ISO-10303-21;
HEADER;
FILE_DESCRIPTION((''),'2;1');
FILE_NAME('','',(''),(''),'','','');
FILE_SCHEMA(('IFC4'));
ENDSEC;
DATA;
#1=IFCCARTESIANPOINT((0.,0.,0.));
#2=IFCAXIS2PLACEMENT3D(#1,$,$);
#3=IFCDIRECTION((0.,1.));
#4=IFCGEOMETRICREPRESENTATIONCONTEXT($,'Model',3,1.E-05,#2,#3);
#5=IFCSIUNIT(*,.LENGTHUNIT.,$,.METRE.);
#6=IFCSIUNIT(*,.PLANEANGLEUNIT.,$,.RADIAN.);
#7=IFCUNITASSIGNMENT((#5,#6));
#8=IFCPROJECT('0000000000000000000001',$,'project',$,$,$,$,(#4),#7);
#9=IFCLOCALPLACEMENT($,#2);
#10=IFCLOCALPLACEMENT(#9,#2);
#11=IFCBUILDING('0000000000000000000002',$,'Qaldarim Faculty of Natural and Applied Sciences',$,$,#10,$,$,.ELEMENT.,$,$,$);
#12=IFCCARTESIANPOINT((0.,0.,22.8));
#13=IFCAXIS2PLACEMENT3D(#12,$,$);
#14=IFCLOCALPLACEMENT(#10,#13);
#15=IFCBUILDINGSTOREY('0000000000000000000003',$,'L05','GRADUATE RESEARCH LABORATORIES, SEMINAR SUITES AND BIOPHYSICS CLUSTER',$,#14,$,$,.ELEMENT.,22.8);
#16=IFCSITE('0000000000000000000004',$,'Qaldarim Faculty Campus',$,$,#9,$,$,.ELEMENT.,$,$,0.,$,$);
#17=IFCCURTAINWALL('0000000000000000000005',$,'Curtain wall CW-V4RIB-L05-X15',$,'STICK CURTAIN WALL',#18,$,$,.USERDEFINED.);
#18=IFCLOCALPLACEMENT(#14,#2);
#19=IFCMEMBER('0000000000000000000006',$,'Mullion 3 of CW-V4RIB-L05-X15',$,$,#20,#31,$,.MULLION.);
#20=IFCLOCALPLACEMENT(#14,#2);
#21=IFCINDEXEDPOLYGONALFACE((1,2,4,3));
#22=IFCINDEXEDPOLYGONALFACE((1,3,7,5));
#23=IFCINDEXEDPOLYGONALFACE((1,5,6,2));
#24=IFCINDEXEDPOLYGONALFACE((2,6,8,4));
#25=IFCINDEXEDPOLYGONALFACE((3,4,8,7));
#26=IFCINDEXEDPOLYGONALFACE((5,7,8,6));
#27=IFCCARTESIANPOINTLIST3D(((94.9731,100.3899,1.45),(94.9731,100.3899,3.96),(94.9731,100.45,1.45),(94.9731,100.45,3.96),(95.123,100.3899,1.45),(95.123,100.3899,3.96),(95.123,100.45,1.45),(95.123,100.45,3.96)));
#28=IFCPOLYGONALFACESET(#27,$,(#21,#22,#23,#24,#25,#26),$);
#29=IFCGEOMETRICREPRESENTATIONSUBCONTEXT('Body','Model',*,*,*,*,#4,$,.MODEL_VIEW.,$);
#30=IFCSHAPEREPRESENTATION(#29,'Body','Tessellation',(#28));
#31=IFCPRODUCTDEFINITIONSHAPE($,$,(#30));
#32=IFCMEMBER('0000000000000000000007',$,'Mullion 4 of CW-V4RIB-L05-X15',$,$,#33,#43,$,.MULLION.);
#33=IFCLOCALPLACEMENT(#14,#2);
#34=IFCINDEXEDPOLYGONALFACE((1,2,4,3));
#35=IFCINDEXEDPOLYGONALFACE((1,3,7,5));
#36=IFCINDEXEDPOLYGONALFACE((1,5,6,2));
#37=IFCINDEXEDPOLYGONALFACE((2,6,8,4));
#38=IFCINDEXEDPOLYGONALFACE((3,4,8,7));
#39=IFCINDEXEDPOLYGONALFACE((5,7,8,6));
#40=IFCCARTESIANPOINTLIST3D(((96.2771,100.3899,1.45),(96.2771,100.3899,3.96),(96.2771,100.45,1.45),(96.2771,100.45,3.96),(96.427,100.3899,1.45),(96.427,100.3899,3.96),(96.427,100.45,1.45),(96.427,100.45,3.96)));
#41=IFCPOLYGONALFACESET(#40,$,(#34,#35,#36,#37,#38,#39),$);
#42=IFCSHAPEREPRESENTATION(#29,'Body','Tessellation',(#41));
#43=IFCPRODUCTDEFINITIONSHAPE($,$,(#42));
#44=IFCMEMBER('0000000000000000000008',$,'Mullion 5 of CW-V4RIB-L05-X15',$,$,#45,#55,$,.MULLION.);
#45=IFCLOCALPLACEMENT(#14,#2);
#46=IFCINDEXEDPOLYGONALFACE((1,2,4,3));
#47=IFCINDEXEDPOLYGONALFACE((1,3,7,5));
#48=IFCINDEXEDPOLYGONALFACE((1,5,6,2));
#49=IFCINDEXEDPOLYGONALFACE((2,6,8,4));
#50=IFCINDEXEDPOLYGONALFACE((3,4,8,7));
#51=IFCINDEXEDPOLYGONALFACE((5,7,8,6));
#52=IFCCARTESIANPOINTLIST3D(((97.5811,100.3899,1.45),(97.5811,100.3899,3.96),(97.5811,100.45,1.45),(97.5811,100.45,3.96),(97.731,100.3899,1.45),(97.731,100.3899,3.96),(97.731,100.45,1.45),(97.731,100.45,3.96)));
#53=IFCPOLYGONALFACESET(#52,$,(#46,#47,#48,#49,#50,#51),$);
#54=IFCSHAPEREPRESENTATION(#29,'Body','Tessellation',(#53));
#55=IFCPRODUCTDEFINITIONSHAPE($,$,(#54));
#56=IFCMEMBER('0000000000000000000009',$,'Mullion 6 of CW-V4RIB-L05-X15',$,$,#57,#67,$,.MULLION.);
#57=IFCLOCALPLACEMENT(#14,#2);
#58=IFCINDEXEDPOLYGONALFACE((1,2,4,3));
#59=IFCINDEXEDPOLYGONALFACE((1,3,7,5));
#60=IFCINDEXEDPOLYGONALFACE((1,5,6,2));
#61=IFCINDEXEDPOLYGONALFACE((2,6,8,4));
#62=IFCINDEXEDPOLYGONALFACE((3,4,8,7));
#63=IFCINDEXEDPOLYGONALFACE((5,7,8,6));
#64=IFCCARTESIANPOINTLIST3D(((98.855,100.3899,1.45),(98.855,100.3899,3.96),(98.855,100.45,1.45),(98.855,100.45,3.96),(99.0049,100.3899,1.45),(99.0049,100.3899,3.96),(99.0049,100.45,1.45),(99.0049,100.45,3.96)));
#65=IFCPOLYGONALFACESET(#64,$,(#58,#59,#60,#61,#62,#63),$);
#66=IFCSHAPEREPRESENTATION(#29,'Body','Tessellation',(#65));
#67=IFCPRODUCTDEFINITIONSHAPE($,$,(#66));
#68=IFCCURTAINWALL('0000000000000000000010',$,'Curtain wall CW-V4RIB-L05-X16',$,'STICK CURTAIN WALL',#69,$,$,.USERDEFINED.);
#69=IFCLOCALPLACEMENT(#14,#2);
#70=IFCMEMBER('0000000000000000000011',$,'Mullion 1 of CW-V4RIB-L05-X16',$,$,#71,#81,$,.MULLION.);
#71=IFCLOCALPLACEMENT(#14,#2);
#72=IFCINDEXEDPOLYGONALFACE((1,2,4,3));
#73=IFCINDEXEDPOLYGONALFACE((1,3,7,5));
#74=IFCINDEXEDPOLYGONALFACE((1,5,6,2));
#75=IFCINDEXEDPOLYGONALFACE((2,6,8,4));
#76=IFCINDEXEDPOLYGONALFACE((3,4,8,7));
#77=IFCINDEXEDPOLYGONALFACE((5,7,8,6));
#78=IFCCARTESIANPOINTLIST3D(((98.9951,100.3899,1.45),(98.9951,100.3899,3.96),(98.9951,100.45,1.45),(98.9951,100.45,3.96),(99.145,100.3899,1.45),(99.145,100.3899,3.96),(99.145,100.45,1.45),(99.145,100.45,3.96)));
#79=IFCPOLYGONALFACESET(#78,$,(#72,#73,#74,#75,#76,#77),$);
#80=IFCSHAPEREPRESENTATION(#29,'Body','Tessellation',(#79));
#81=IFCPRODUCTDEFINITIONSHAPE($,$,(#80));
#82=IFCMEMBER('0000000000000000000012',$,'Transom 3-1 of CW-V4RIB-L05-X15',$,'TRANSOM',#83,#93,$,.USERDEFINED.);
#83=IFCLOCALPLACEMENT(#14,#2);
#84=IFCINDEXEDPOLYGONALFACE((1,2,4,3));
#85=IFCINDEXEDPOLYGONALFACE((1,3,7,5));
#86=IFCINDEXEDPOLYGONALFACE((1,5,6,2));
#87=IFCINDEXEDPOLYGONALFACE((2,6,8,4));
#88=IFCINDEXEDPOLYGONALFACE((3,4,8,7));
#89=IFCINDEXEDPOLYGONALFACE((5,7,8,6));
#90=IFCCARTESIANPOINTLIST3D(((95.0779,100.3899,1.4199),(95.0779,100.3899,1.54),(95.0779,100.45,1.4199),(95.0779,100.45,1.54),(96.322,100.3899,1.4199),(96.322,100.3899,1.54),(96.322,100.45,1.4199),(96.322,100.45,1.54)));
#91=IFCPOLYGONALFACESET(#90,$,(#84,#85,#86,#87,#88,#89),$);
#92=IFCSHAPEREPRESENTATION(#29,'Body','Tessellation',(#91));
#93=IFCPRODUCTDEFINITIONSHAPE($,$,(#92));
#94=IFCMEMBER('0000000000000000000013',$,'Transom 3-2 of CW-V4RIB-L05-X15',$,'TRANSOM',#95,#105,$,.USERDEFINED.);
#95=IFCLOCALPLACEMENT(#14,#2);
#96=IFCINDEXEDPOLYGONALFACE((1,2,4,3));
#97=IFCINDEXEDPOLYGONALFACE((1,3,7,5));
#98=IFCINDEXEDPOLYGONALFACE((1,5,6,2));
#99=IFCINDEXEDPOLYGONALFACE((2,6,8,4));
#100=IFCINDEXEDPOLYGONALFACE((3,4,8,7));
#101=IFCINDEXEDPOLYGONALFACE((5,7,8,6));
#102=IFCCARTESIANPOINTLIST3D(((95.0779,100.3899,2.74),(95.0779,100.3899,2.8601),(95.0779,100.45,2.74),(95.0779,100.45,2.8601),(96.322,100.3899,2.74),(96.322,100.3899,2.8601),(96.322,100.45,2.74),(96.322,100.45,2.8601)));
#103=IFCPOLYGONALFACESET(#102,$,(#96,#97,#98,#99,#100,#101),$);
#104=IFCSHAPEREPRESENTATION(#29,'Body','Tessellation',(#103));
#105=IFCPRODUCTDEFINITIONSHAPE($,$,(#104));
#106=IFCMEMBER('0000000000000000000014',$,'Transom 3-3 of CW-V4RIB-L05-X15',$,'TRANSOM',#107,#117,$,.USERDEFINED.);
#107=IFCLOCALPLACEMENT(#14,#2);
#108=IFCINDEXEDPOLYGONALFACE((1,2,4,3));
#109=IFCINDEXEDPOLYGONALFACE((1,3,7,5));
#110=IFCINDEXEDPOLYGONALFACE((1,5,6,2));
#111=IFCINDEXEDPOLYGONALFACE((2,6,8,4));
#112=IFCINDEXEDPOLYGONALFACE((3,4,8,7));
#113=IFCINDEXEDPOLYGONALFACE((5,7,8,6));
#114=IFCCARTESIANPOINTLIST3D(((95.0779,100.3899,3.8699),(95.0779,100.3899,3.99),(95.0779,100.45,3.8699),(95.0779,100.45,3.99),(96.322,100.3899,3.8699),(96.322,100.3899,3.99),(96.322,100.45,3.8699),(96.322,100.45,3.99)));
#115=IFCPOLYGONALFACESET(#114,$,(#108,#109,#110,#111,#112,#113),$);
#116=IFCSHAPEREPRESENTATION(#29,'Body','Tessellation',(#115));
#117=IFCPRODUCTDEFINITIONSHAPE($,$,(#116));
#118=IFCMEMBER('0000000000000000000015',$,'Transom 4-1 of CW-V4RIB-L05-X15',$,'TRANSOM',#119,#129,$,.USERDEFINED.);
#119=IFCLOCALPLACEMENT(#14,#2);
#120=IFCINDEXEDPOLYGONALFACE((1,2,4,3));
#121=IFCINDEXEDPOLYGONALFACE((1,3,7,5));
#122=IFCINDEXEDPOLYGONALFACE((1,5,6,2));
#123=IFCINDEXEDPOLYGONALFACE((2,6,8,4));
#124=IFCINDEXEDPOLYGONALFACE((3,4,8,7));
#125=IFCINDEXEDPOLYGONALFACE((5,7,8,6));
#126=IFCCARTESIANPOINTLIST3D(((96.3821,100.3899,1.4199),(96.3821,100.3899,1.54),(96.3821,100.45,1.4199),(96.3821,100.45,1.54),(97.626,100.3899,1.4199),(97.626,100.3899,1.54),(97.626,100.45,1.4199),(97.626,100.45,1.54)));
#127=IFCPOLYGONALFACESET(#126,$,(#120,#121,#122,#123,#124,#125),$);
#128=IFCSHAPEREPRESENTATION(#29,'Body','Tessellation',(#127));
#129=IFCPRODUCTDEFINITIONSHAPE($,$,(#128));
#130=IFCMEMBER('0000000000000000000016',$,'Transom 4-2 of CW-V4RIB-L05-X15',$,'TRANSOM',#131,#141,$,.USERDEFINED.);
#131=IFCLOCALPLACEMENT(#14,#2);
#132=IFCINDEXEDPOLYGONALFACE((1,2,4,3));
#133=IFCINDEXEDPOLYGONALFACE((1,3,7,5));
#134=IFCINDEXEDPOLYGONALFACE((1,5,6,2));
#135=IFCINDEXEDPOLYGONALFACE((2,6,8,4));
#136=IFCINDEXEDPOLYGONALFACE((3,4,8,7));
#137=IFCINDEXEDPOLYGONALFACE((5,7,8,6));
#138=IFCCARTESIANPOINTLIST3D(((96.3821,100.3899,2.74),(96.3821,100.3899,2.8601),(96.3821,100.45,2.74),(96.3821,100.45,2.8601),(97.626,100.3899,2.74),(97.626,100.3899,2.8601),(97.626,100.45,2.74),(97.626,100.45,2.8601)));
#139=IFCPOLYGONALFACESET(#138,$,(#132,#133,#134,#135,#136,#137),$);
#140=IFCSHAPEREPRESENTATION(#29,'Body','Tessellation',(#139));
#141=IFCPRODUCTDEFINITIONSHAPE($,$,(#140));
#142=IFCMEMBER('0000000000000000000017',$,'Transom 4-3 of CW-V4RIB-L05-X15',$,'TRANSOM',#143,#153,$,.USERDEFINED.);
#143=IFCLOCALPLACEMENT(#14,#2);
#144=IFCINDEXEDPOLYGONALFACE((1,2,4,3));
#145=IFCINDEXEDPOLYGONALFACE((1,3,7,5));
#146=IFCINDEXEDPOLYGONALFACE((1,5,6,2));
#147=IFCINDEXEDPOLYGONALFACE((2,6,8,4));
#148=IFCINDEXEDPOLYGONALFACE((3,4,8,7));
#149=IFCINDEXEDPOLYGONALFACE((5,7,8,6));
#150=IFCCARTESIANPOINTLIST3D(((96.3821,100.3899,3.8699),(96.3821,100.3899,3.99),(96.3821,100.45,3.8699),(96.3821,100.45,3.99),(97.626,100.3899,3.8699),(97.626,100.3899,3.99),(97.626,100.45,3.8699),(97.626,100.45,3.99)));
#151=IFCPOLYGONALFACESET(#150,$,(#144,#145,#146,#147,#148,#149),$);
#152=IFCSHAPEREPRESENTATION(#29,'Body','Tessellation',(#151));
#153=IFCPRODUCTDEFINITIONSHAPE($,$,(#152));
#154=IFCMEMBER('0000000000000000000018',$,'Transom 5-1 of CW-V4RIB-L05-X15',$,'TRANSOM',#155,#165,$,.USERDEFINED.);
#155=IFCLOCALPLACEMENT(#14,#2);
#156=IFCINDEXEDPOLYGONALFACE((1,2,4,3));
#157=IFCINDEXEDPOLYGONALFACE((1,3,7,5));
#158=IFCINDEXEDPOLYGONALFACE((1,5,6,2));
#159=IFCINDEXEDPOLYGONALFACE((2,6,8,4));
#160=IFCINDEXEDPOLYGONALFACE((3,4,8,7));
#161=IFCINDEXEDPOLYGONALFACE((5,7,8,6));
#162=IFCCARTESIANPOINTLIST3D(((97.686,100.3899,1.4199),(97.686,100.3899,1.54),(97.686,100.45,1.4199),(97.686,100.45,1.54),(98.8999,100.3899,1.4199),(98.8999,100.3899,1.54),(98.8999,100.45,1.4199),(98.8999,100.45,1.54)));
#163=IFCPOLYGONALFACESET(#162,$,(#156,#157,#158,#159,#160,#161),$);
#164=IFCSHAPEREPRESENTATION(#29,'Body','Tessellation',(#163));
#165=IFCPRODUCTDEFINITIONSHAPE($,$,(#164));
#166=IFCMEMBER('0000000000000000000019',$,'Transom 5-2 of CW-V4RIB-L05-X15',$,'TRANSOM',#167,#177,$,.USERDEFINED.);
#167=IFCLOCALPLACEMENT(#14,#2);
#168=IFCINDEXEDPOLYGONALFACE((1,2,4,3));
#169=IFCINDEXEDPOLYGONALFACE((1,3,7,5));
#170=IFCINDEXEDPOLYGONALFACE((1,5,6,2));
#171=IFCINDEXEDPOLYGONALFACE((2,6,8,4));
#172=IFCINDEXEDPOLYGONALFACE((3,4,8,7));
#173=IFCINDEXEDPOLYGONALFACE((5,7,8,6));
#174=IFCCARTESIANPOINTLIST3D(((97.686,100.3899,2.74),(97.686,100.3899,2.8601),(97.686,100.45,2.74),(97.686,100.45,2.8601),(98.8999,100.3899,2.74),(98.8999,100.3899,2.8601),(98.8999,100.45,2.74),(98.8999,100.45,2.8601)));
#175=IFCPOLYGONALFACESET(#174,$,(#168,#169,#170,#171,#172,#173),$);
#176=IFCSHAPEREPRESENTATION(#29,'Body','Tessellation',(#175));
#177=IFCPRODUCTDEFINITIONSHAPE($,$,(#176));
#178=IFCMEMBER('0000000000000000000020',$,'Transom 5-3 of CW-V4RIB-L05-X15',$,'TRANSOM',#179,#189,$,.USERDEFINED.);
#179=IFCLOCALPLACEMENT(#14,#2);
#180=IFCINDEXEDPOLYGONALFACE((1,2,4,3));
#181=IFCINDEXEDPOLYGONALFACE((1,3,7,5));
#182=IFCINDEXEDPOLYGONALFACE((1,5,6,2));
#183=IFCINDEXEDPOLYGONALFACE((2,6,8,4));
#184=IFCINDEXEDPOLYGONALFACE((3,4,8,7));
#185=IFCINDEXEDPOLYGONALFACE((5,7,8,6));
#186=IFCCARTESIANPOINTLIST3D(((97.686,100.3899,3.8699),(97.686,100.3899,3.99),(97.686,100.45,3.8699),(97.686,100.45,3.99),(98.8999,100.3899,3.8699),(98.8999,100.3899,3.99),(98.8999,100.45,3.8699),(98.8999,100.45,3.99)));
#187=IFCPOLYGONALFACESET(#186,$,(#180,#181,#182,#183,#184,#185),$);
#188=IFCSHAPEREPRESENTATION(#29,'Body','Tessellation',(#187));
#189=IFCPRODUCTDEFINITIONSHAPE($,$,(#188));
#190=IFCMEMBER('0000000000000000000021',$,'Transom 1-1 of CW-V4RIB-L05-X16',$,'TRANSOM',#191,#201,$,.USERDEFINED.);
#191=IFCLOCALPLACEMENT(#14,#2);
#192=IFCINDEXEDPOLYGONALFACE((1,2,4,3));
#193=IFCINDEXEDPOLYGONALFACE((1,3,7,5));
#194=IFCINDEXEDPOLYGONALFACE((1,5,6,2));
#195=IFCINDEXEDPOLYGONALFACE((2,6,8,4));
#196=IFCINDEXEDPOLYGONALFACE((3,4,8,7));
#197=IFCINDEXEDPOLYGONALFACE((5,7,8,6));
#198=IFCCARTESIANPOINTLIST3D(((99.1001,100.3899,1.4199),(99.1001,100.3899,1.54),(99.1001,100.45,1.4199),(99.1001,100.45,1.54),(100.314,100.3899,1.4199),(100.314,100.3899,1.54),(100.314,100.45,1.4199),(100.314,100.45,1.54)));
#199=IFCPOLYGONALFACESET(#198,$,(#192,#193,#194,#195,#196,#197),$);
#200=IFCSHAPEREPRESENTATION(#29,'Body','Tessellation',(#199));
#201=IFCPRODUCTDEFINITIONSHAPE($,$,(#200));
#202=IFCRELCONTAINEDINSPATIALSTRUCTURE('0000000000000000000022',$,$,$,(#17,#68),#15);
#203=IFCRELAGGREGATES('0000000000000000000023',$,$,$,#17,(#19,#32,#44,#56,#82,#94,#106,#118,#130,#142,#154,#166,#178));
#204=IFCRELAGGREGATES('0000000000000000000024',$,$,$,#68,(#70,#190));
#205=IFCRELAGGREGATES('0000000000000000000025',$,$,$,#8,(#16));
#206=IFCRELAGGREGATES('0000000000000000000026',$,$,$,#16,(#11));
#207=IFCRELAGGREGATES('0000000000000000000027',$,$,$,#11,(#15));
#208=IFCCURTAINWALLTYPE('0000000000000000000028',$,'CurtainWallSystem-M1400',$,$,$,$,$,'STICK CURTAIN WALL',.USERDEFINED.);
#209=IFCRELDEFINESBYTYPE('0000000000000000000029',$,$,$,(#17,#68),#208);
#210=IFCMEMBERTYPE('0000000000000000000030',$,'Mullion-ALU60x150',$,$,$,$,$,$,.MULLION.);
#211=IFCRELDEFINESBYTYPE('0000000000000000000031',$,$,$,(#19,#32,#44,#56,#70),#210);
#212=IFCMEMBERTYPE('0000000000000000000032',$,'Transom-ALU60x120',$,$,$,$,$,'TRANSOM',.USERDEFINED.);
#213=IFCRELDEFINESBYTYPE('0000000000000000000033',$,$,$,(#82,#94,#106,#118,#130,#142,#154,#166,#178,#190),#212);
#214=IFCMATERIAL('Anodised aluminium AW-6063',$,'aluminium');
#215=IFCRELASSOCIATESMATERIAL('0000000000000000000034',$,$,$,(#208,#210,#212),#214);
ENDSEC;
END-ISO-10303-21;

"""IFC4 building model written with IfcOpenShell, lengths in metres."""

from ifc_helpers import new_model, si_unit, direction, frame, origin, origin_2d, place, context, subcontext, project, spatial, rectangle, extrude, material, material_profile, profile_set, type_object, element, aggregate, save


model = new_model("IFC4")

# Units and contexts
model_context = context("Model", 3, precision=1e-05, world=origin(), true_north=direction((0.0, 1.0)))
body_context = subcontext(model_context, "Body", "Model", "MODEL_VIEW")
ifc_project = project(units=[si_unit("LENGTHUNIT", "METRE"), si_unit("PLANEANGLEUNIT", "RADIAN")], contexts=[model_context])

# Site, building, storey
site_placement = place(None, origin())
site = spatial("IfcSite", under=ifc_project, at=site_placement, Name="Qaldarim Faculty Campus", CompositionType="ELEMENT", RefElevation=0.0)
building_placement = place(site_placement, origin())
building = spatial("IfcBuilding", under=site, at=building_placement, Name="Qaldarim Faculty of Natural and Applied Sciences", CompositionType="ELEMENT")
storey_placement = place(building_placement, frame((0.0, 0.0, 22.8)))
storey = spatial("IfcBuildingStorey", under=building, at=storey_placement, Name="L05", Description="GRADUATE RESEARCH LABORATORIES, SEMINAR SUITES AND BIOPHYSICS CLUSTER", CompositionType="ELEMENT", Elevation=22.8)

# Curtain wall, members
ifc_material_1 = material(Name="Anodised aluminium AW-6063", Category="aluminium")
curtain_wall_type = type_object("IfcCurtainWallType", Name="CurtainWallSystem-M1400", ElementType="STICK CURTAIN WALL", PredefinedType="USERDEFINED", material=ifc_material_1)
curtain_wall_1_placement = place(storey_placement, origin())
curtain_wall_1 = element("IfcCurtainWall", 1, at=curtain_wall_1_placement, inside=storey, type_object=curtain_wall_type, Name="Curtain wall CW-V4RIB-L05-X15", ObjectType="STICK CURTAIN WALL", PredefinedType="USERDEFINED")
ifc_material_profile_1 = material_profile(ifc_material_1, rectangle(XDim=0.0601, YDim=0.1499, at=origin_2d()), Name="ALU-M60x150")
ifc_profile_set_1 = profile_set([ifc_material_profile_1], Name="Anodised aluminium AW-6063")
member_type_1 = type_object("IfcMemberType", Name="Mullion-ALU60x150", PredefinedType="MULLION", material=ifc_profile_set_1)
member_1_placement = place(storey_placement, frame((95.0481, 100.4199, 1.45), z_axis=(0.0, 0.0, 1.0), x_axis=(0.0, 1.0, 0.0)))
member_1 = element("IfcMember", 2, at=member_1_placement, type_object=member_type_1, Name="Mullion 3 of CW-V4RIB-L05-X15", PredefinedType="MULLION", context=body_context, shape_type="SweptSolid", body=[
    extrude(rectangle(XDim=0.0601, YDim=0.1499, at=origin_2d()), origin(), (0.0, 0.0, 1.0), 2.51),
])
member_2_placement = place(storey_placement, frame((96.3521, 100.4199, 1.45), z_axis=(0.0, 0.0, 1.0), x_axis=(0.0, 1.0, 0.0)))
member_2 = element("IfcMember", 3, at=member_2_placement, type_object=member_type_1, Name="Mullion 4 of CW-V4RIB-L05-X15", PredefinedType="MULLION", context=body_context, shape_type="SweptSolid", body=[
    extrude(rectangle(XDim=0.0601, YDim=0.1499, at=origin_2d()), origin(), (0.0, 0.0, 1.0), 2.51),
])
member_3_placement = place(storey_placement, frame((97.656, 100.4199, 1.45), z_axis=(0.0, 0.0, 1.0), x_axis=(0.0, 1.0, 0.0)))
member_3 = element("IfcMember", 4, at=member_3_placement, type_object=member_type_1, Name="Mullion 5 of CW-V4RIB-L05-X15", PredefinedType="MULLION", context=body_context, shape_type="SweptSolid", body=[
    extrude(rectangle(XDim=0.0601, YDim=0.1499, at=origin_2d()), origin(), (0.0, 0.0, 1.0), 2.51),
])
member_4_placement = place(storey_placement, frame((98.9299, 100.4199, 1.45), z_axis=(0.0, 0.0, 1.0), x_axis=(0.0, 1.0, 0.0)))
member_4 = element("IfcMember", 5, at=member_4_placement, type_object=member_type_1, Name="Mullion 6 of CW-V4RIB-L05-X15", PredefinedType="MULLION", context=body_context, shape_type="SweptSolid", body=[
    extrude(rectangle(XDim=0.0601, YDim=0.1499, at=origin_2d()), origin(), (0.0, 0.0, 1.0), 2.51),
])

# Curtain wall, member
curtain_wall_2_placement = place(storey_placement, origin())
curtain_wall_2 = element("IfcCurtainWall", 6, at=curtain_wall_2_placement, inside=storey, type_object=curtain_wall_type, Name="Curtain wall CW-V4RIB-L05-X16", ObjectType="STICK CURTAIN WALL", PredefinedType="USERDEFINED")
member_5_placement = place(storey_placement, frame((99.0701, 100.4199, 1.45), z_axis=(0.0, 0.0, 1.0), x_axis=(0.0, 1.0, 0.0)))
member_5 = element("IfcMember", 7, at=member_5_placement, type_object=member_type_1, Name="Mullion 1 of CW-V4RIB-L05-X16", PredefinedType="MULLION", context=body_context, shape_type="SweptSolid", body=[
    extrude(rectangle(XDim=0.0601, YDim=0.1499, at=origin_2d()), origin(), (0.0, 0.0, 1.0), 2.51),
])

# Members
ifc_material_profile_2 = material_profile(ifc_material_1, rectangle(XDim=0.0601, YDim=0.1201, at=origin_2d()), Name="ALU-T60x120")
ifc_profile_set_2 = profile_set([ifc_material_profile_2], Name="Anodised aluminium AW-6063")
member_type_2 = type_object("IfcMemberType", Name="Transom-ALU60x120", ElementType="TRANSOM", PredefinedType="USERDEFINED", material=ifc_profile_set_2)
member_6_placement = place(storey_placement, frame((95.0779, 100.4199, 1.48), z_axis=(1.0, 0.0, 0.0), x_axis=(0.0, 1.0, 0.0)))
member_6 = element("IfcMember", 8, at=member_6_placement, type_object=member_type_2, Name="Transom 3-1 of CW-V4RIB-L05-X15", ObjectType="TRANSOM", PredefinedType="USERDEFINED", context=body_context, shape_type="SweptSolid", body=[
    extrude(rectangle(XDim=0.0601, YDim=0.1201, at=origin_2d()), origin(), (0.0, 0.0, 1.0), 1.2441),
])
member_7_placement = place(storey_placement, frame((95.0779, 100.4199, 2.8), z_axis=(1.0, 0.0, 0.0), x_axis=(0.0, 1.0, 0.0)))
member_7 = element("IfcMember", 9, at=member_7_placement, type_object=member_type_2, Name="Transom 3-2 of CW-V4RIB-L05-X15", ObjectType="TRANSOM", PredefinedType="USERDEFINED", context=body_context, shape_type="SweptSolid", body=[
    extrude(rectangle(XDim=0.0601, YDim=0.1201, at=origin_2d()), origin(), (0.0, 0.0, 1.0), 1.2441),
])
member_8_placement = place(storey_placement, frame((95.0779, 100.4199, 3.9299), z_axis=(1.0, 0.0, 0.0), x_axis=(0.0, 1.0, 0.0)))
member_8 = element("IfcMember", 10, at=member_8_placement, type_object=member_type_2, Name="Transom 3-3 of CW-V4RIB-L05-X15", ObjectType="TRANSOM", PredefinedType="USERDEFINED", context=body_context, shape_type="SweptSolid", body=[
    extrude(rectangle(XDim=0.0601, YDim=0.1201, at=origin_2d()), origin(), (0.0, 0.0, 1.0), 1.2441),
])
member_9_placement = place(storey_placement, frame((96.3821, 100.4199, 1.48), z_axis=(1.0, 0.0, 0.0), x_axis=(0.0, 1.0, 0.0)))
member_9 = element("IfcMember", 11, at=member_9_placement, type_object=member_type_2, Name="Transom 4-1 of CW-V4RIB-L05-X15", ObjectType="TRANSOM", PredefinedType="USERDEFINED", context=body_context, shape_type="SweptSolid", body=[
    extrude(rectangle(XDim=0.0601, YDim=0.1201, at=origin_2d()), origin(), (0.0, 0.0, 1.0), 1.2439),
])
member_10_placement = place(storey_placement, frame((96.3821, 100.4199, 2.8), z_axis=(1.0, 0.0, 0.0), x_axis=(0.0, 1.0, 0.0)))
member_10 = element("IfcMember", 12, at=member_10_placement, type_object=member_type_2, Name="Transom 4-2 of CW-V4RIB-L05-X15", ObjectType="TRANSOM", PredefinedType="USERDEFINED", context=body_context, shape_type="SweptSolid", body=[
    extrude(rectangle(XDim=0.0601, YDim=0.1201, at=origin_2d()), origin(), (0.0, 0.0, 1.0), 1.2439),
])
member_11_placement = place(storey_placement, frame((96.3821, 100.4199, 3.9299), z_axis=(1.0, 0.0, 0.0), x_axis=(0.0, 1.0, 0.0)))
member_11 = element("IfcMember", 13, at=member_11_placement, type_object=member_type_2, Name="Transom 4-3 of CW-V4RIB-L05-X15", ObjectType="TRANSOM", PredefinedType="USERDEFINED", context=body_context, shape_type="SweptSolid", body=[
    extrude(rectangle(XDim=0.0601, YDim=0.1201, at=origin_2d()), origin(), (0.0, 0.0, 1.0), 1.2439),
])
member_12_placement = place(storey_placement, frame((97.686, 100.4199, 1.48), z_axis=(1.0, 0.0, 0.0), x_axis=(0.0, 1.0, 0.0)))
member_12 = element("IfcMember", 14, at=member_12_placement, type_object=member_type_2, Name="Transom 5-1 of CW-V4RIB-L05-X15", ObjectType="TRANSOM", PredefinedType="USERDEFINED", context=body_context, shape_type="SweptSolid", body=[
    extrude(rectangle(XDim=0.0601, YDim=0.1201, at=origin_2d()), origin(), (0.0, 0.0, 1.0), 1.2139),
])
member_13_placement = place(storey_placement, frame((97.686, 100.4199, 2.8), z_axis=(1.0, 0.0, 0.0), x_axis=(0.0, 1.0, 0.0)))
member_13 = element("IfcMember", 15, at=member_13_placement, type_object=member_type_2, Name="Transom 5-2 of CW-V4RIB-L05-X15", ObjectType="TRANSOM", PredefinedType="USERDEFINED", context=body_context, shape_type="SweptSolid", body=[
    extrude(rectangle(XDim=0.0601, YDim=0.1201, at=origin_2d()), origin(), (0.0, 0.0, 1.0), 1.2139),
])
member_14_placement = place(storey_placement, frame((97.686, 100.4199, 3.9299), z_axis=(1.0, 0.0, 0.0), x_axis=(0.0, 1.0, 0.0)))
member_14 = element("IfcMember", 16, at=member_14_placement, type_object=member_type_2, Name="Transom 5-3 of CW-V4RIB-L05-X15", ObjectType="TRANSOM", PredefinedType="USERDEFINED", context=body_context, shape_type="SweptSolid", body=[
    extrude(rectangle(XDim=0.0601, YDim=0.1201, at=origin_2d()), origin(), (0.0, 0.0, 1.0), 1.2139),
])
member_15_placement = place(storey_placement, frame((99.1001, 100.4199, 1.48), z_axis=(1.0, 0.0, 0.0), x_axis=(0.0, 1.0, 0.0)))
member_15 = element("IfcMember", 17, at=member_15_placement, type_object=member_type_2, Name="Transom 1-1 of CW-V4RIB-L05-X16", ObjectType="TRANSOM", PredefinedType="USERDEFINED", context=body_context, shape_type="SweptSolid", body=[
    extrude(rectangle(XDim=0.0601, YDim=0.1201, at=origin_2d()), origin(), (0.0, 0.0, 1.0), 1.2139),
])

aggregate(curtain_wall_1, [member_1, member_2, member_3, member_4, member_6, member_7, member_8, member_9, member_10, member_11, member_12, member_13, member_14])
aggregate(curtain_wall_2, [member_5, member_15])

save(model, "model.ifc")
